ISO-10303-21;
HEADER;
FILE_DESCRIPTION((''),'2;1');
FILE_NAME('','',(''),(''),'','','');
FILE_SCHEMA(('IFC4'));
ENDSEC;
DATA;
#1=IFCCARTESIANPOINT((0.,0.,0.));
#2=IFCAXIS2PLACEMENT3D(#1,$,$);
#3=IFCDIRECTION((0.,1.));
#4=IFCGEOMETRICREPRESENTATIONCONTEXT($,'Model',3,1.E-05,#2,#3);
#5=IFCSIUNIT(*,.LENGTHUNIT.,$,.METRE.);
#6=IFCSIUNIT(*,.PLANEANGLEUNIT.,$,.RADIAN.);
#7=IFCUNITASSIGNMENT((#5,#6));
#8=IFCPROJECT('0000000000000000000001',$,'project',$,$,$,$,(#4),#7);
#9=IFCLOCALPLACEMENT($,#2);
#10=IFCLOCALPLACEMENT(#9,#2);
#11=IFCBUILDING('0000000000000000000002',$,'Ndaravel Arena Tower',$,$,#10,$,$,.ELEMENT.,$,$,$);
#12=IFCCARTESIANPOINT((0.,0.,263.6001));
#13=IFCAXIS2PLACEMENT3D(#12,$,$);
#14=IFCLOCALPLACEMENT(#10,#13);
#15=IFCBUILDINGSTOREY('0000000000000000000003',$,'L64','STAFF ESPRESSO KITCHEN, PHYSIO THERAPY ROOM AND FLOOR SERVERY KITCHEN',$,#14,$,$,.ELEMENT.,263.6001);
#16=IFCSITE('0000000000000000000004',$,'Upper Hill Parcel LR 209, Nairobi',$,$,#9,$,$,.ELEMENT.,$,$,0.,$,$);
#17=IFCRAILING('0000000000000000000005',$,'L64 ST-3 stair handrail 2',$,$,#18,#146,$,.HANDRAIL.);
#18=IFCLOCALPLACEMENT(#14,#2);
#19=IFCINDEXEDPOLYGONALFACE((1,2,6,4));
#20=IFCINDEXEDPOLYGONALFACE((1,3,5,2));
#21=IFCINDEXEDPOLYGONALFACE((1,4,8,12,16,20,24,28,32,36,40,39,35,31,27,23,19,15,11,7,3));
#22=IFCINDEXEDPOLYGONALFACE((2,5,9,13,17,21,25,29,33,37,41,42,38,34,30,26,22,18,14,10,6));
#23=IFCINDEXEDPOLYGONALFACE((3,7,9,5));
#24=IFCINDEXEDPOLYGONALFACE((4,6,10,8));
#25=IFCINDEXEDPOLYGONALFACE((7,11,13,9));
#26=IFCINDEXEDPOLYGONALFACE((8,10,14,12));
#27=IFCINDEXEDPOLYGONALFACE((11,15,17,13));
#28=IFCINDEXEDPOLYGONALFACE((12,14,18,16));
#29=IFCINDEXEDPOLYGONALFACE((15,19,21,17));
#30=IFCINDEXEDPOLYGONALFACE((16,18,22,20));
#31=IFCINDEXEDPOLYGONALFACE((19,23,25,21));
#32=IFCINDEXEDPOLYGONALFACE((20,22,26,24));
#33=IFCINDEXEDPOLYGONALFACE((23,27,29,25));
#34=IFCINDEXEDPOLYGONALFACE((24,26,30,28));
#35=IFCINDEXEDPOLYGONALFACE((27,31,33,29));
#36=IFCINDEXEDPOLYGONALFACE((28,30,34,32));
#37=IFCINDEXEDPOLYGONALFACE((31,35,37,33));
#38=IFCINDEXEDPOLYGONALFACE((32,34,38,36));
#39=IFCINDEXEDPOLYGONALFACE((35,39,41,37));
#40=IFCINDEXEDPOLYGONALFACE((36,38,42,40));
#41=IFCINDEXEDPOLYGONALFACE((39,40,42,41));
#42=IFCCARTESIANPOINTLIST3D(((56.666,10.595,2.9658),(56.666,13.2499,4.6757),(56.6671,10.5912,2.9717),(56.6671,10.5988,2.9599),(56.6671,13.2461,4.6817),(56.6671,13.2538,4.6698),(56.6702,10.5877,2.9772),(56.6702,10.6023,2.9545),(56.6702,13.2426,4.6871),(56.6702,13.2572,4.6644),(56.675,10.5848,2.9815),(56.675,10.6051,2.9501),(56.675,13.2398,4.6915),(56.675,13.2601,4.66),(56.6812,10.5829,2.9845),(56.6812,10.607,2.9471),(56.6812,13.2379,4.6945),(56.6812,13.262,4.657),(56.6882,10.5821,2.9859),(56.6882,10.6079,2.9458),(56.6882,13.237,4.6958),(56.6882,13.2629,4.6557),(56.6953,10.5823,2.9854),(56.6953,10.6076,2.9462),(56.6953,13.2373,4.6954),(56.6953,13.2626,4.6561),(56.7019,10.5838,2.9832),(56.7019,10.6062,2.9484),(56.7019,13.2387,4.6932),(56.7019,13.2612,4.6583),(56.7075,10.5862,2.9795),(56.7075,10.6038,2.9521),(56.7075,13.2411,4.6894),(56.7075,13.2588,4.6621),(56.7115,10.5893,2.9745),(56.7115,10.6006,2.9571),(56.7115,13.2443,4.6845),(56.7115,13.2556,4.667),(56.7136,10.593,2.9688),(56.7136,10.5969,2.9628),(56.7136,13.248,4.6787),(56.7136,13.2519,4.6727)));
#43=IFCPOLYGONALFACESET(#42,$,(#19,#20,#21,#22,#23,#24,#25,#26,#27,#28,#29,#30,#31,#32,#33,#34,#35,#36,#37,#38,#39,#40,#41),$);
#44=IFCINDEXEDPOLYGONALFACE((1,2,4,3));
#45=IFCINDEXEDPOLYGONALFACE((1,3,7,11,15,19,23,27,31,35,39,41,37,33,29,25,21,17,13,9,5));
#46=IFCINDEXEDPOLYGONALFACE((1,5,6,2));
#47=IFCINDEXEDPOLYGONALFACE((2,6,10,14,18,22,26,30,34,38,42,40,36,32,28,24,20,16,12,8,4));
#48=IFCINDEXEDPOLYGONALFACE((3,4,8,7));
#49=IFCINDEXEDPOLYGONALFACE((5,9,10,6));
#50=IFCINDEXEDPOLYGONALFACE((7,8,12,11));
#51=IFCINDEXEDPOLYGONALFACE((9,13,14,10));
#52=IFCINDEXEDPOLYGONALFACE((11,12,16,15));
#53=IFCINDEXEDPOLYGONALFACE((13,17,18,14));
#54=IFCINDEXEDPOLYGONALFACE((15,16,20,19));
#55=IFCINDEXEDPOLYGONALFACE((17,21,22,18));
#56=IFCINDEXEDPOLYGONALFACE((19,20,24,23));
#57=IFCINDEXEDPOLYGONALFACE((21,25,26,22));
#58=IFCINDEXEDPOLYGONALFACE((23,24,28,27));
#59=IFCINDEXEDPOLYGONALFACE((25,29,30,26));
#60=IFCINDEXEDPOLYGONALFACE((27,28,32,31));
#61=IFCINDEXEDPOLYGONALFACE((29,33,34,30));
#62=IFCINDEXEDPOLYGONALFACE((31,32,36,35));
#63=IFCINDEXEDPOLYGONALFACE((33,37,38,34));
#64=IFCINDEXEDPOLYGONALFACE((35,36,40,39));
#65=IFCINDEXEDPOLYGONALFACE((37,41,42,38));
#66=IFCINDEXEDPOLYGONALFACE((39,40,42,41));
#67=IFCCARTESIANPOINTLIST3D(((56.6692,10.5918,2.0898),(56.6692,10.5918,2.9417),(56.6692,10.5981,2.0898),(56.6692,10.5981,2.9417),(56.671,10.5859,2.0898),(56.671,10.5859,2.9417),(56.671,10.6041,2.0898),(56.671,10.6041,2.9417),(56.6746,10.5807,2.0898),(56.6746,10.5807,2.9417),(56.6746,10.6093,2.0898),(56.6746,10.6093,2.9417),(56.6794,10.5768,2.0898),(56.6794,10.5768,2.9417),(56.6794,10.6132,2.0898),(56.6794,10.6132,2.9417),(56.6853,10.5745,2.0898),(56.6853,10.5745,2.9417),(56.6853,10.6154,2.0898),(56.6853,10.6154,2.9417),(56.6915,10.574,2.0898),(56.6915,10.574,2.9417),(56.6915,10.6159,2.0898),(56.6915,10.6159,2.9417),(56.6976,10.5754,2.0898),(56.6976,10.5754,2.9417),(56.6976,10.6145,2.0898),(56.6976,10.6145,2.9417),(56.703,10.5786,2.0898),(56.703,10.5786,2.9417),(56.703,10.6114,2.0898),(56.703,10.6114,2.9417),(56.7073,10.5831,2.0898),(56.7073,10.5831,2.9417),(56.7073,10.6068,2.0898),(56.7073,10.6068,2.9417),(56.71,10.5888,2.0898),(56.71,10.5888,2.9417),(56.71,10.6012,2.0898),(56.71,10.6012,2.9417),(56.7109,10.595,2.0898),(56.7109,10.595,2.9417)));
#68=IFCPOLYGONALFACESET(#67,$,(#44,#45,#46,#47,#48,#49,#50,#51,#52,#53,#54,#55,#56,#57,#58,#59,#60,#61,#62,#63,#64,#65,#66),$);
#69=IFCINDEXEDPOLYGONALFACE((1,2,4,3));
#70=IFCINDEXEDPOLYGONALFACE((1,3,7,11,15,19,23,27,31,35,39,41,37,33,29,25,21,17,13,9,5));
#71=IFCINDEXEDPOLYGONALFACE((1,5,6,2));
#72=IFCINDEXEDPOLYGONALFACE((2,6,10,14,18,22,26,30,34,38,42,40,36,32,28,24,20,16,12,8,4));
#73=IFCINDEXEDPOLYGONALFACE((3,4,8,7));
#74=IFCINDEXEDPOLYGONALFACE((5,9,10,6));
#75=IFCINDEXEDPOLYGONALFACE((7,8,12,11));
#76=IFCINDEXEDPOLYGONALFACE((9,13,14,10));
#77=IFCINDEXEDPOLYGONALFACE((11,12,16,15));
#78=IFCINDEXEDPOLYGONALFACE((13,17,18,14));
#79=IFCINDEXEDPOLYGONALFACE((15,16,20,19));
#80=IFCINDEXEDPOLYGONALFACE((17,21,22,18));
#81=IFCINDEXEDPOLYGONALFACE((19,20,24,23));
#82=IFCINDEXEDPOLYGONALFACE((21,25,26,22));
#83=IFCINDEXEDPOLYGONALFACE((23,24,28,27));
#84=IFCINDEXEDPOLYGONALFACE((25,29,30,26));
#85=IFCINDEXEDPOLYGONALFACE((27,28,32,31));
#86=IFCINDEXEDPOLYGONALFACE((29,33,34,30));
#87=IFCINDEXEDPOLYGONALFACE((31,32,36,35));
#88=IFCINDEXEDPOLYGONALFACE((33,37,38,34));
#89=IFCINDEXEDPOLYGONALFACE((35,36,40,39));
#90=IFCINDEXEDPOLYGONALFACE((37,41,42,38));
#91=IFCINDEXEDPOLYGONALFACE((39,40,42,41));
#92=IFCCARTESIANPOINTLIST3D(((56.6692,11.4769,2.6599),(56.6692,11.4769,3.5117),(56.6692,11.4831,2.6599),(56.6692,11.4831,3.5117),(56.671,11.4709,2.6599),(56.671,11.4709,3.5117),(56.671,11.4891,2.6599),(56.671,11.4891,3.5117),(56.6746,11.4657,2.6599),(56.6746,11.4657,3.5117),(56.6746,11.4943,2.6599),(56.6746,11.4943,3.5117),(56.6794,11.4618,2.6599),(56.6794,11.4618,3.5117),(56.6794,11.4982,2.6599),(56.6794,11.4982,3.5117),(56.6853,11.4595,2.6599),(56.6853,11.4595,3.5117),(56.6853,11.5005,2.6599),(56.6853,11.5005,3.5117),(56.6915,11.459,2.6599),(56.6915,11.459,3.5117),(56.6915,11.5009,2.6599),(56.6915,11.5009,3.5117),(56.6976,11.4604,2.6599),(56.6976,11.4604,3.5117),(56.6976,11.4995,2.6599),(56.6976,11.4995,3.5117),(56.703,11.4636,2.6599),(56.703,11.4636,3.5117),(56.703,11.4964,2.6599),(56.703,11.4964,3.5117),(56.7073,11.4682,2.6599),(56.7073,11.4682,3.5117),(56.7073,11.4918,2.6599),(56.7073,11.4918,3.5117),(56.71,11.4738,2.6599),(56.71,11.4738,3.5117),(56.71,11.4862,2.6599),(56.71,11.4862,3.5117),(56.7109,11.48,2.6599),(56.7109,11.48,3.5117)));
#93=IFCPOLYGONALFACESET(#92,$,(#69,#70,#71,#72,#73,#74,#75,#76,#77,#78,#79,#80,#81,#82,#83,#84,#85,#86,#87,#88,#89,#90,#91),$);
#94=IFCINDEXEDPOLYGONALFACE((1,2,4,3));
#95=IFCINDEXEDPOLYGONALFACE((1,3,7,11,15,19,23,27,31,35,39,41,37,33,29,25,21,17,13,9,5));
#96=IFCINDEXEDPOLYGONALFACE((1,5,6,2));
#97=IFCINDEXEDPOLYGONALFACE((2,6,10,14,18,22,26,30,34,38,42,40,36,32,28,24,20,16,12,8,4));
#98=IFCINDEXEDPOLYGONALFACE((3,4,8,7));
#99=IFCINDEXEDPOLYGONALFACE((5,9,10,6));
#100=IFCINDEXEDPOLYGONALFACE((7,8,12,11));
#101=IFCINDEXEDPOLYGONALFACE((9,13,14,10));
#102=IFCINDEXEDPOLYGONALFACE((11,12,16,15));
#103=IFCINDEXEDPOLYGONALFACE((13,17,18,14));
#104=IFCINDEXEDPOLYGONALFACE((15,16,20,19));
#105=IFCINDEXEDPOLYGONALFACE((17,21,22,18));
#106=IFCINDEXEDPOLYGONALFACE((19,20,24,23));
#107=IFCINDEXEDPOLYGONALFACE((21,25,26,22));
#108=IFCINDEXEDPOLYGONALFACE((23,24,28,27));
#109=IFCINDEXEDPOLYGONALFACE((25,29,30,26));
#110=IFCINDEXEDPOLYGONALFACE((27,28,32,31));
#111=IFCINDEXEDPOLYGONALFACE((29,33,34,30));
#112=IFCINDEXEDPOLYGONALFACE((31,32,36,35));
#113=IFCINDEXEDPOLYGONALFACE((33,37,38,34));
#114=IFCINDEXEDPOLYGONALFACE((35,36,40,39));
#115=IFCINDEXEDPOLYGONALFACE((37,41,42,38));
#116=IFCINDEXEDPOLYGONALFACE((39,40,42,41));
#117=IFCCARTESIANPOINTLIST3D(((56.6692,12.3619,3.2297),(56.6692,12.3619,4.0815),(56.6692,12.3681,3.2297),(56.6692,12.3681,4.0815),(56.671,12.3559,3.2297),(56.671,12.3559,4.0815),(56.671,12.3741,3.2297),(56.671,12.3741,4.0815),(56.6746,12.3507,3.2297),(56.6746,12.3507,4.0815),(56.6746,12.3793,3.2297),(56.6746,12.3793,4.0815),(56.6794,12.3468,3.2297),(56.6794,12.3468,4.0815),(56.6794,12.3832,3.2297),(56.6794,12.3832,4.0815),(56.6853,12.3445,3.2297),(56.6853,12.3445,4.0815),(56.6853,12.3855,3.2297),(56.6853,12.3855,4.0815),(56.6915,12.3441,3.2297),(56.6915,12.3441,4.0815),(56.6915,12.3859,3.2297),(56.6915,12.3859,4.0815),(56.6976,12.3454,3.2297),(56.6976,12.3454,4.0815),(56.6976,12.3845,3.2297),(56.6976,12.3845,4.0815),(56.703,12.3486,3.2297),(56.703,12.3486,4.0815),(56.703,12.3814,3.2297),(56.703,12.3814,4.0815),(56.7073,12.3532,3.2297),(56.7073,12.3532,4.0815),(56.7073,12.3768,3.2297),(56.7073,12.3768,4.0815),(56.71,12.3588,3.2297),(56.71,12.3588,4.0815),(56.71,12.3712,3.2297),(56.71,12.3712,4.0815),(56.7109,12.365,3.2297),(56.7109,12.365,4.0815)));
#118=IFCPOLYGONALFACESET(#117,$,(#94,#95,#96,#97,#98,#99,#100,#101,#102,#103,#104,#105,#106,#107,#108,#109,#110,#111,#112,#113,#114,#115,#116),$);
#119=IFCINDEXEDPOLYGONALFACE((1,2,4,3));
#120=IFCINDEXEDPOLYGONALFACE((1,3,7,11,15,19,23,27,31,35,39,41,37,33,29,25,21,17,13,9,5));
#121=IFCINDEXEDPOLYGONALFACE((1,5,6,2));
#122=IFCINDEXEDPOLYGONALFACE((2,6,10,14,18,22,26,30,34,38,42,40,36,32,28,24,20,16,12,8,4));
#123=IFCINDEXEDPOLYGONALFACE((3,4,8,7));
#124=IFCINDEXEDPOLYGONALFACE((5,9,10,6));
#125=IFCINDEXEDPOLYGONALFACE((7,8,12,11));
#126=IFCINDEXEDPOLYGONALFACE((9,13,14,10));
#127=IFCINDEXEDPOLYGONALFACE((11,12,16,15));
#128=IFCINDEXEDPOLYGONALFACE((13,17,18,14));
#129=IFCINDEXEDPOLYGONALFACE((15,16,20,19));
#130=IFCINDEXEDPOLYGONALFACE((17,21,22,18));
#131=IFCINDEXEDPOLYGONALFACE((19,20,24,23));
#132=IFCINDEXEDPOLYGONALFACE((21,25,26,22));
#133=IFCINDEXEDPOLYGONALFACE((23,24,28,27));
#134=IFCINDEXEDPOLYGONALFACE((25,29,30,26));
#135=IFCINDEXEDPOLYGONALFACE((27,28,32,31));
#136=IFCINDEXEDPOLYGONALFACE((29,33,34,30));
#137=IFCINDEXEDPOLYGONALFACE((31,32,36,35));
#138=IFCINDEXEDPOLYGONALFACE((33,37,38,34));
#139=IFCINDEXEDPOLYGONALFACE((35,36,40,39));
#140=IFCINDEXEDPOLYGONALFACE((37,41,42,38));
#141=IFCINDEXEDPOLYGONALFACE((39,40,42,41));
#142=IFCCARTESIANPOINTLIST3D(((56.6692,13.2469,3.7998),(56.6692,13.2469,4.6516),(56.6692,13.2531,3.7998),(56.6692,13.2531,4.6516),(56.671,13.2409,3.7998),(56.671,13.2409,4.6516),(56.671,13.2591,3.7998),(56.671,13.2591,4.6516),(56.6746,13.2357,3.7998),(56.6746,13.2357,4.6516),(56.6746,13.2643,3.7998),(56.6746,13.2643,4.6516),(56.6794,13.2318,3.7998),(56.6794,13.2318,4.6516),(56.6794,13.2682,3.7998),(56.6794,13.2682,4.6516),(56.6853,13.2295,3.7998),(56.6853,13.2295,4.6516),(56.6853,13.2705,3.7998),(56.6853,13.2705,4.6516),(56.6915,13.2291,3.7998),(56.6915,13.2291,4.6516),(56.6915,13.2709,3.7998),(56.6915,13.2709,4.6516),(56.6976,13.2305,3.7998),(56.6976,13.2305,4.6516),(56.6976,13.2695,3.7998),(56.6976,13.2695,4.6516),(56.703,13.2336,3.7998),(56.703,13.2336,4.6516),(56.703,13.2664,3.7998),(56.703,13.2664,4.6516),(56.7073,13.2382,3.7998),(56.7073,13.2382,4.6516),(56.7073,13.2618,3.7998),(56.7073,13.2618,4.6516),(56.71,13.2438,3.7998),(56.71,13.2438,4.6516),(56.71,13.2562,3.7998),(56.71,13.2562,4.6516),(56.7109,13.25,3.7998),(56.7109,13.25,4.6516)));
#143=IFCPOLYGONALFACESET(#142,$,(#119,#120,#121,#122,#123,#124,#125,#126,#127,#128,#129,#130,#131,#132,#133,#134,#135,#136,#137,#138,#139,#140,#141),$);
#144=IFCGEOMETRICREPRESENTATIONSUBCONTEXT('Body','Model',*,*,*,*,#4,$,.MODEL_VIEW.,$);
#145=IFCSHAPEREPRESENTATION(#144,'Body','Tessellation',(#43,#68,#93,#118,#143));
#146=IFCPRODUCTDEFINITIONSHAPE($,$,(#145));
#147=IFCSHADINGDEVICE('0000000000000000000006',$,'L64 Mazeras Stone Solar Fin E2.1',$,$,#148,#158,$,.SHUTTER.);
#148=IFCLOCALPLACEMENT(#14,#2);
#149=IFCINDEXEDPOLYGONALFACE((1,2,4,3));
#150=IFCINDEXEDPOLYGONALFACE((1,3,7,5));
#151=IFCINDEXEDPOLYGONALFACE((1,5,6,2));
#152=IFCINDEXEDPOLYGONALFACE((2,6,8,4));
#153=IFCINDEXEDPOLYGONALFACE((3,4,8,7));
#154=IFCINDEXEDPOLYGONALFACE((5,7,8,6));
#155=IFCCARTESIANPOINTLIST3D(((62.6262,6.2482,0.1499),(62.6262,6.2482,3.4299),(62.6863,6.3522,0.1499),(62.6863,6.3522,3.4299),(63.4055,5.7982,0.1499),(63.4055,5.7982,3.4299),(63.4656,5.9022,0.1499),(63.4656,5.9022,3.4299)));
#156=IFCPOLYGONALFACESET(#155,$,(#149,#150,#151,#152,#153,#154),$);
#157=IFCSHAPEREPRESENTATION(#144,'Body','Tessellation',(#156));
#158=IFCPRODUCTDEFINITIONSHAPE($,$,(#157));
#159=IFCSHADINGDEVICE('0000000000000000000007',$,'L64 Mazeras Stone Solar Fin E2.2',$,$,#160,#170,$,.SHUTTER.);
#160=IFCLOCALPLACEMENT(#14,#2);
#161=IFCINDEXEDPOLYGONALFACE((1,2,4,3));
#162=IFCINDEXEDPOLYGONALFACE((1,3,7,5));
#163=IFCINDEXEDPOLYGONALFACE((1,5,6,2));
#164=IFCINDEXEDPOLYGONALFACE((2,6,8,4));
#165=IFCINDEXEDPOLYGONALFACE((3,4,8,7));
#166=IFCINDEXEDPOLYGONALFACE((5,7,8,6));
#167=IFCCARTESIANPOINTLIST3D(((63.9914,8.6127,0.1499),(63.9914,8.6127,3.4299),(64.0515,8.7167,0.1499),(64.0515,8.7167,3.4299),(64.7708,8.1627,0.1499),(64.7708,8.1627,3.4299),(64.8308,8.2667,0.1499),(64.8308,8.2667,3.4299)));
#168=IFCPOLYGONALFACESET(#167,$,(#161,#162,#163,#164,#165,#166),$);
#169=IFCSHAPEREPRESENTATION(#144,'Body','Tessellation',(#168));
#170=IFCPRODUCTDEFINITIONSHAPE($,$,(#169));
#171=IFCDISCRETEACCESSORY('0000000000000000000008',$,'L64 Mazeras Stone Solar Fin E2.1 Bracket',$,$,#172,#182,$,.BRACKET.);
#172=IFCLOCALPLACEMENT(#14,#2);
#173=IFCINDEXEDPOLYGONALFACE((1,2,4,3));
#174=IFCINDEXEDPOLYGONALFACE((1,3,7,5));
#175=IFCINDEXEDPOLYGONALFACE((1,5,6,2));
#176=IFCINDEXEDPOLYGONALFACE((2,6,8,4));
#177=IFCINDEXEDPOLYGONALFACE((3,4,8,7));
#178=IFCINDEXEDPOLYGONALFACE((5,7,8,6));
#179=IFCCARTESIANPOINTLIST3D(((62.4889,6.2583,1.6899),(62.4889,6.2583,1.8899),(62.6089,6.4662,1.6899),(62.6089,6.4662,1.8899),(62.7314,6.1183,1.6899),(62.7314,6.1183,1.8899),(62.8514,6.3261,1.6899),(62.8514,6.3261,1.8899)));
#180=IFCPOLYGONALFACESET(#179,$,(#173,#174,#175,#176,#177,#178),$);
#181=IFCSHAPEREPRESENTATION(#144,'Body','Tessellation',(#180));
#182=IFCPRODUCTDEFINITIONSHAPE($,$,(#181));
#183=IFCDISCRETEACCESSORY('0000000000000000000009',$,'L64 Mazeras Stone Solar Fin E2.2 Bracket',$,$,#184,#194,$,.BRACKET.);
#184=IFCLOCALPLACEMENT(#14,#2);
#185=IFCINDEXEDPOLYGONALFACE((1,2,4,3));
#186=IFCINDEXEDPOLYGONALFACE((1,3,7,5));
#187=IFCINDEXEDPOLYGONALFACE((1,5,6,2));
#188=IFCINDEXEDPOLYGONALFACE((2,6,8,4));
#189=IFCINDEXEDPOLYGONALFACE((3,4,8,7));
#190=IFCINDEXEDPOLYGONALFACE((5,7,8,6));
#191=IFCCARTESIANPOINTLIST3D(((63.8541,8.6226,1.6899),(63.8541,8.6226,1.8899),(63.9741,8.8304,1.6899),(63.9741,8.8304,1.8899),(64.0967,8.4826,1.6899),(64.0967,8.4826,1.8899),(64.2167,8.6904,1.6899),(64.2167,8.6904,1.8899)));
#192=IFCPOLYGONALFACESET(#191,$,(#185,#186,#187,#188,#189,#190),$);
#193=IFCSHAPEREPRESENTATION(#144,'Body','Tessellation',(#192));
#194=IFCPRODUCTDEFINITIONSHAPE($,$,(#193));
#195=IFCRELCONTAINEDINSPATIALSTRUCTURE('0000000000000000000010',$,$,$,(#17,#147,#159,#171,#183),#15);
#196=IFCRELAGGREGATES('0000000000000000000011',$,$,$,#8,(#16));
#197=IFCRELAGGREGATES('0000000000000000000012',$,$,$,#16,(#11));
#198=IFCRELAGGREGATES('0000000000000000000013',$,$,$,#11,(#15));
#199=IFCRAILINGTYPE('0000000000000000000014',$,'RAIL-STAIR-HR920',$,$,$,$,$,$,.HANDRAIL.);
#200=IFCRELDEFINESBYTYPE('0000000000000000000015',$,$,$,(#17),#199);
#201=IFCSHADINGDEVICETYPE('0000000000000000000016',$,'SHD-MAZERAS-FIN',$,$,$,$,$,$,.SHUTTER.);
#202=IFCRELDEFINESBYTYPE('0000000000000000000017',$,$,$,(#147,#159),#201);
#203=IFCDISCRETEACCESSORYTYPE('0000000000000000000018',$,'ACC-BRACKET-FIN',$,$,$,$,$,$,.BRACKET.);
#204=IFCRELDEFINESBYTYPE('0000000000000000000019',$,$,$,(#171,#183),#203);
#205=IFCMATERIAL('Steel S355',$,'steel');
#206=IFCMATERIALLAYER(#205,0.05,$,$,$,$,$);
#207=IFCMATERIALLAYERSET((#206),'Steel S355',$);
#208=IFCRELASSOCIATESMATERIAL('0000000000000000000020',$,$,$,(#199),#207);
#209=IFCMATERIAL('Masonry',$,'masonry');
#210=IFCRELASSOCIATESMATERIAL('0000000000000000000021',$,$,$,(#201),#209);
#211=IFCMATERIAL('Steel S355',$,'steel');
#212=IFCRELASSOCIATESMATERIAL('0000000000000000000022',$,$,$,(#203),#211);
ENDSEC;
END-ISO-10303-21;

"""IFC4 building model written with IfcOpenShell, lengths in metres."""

from ifc_helpers import new_model, si_unit, direction, frame, origin, origin_2d, place, context, subcontext, project, spatial, rectangle, circle, extrude, material, layer, layer_set, type_object, element, save


model = new_model("IFC4")

# Units and contexts
model_context = context("Model", 3, precision=1e-05, world=origin(), true_north=direction((0.0, 1.0)))
body_context = subcontext(model_context, "Body", "Model", "MODEL_VIEW")
ifc_project = project(units=[si_unit("LENGTHUNIT", "METRE"), si_unit("PLANEANGLEUNIT", "RADIAN")], contexts=[model_context])

# Site, building, storey
site_placement = place(None, origin())
site = spatial("IfcSite", under=ifc_project, at=site_placement, Name="Upper Hill Parcel LR 209, Nairobi", CompositionType="ELEMENT", RefElevation=0.0)
building_placement = place(site_placement, origin())
building = spatial("IfcBuilding", under=site, at=building_placement, Name="Ndaravel Arena Tower", CompositionType="ELEMENT")
storey_placement = place(building_placement, frame((0.0, 0.0, 263.6001)))
storey = spatial("IfcBuildingStorey", under=building, at=storey_placement, Name="L64", Description="STAFF ESPRESSO KITCHEN, PHYSIO THERAPY ROOM AND FLOOR SERVERY KITCHEN", CompositionType="ELEMENT", Elevation=263.6001)

# Railing
ifc_material_1 = material(Name="Steel S355", Category="steel")
ifc_layer_1 = layer(ifc_material_1, 0.05)
ifc_layer_set_1 = layer_set([ifc_layer_1], Name="Steel S355")
railing_type_1 = type_object("IfcRailingType", Name="RAIL-STAIR-HR920", PredefinedType="HANDRAIL", material=ifc_layer_set_1)
railing_1_placement = place(storey_placement, frame((56.6899, 10.595, 2.0898)))
element("IfcRailing", 1, at=railing_1_placement, inside=storey, type_object=railing_type_1, Name="L64 ST-3 stair handrail 2", PredefinedType="HANDRAIL", context=body_context, shape_type="SweptSolid", body=[
    extrude(circle(Radius=0.0239, at=origin_2d()), frame((0.0, 0.0, 0.876), z_axis=(0.0, 0.840724, 0.541465), x_axis=(-1.0, 0.0, 0.0)), (0.0, 0.0, 1.0), 3.158),
    extrude(circle(Radius=0.021, at=origin_2d()), origin(), (0.0, 0.0, 1.0), 0.8518),
    extrude(circle(Radius=0.021, at=origin_2d()), frame((0.0, 0.885, 0.5701)), (0.0, 0.0, 1.0), 0.8518),
    extrude(circle(Radius=0.021, at=origin_2d()), frame((0.0, 1.77, 1.1399)), (0.0, 0.0, 1.0), 0.8518),
    extrude(circle(Radius=0.021, at=origin_2d()), frame((0.0, 2.655, 1.71)), (0.0, 0.0, 1.0), 0.8518),
])

# Shading devices
ifc_material_2 = material(Name="Masonry", Category="masonry")
shading_device_type = type_object("IfcShadingDeviceType", Name="SHD-MAZERAS-FIN", PredefinedType="SHUTTER", material=ifc_material_2)
for number, where, z_axis, x_axis, name in (
    (2, (63.0459, 6.0752, 0.1499), (0.0, 0.0, 1.0), (0.866025, -0.5, 0.0), "L64 Mazeras Stone Solar Fin E2.1"),
    (3, (64.4111, 8.4397, 0.1499), (0.0, 0.0, 1.0), (0.866025, -0.5, 0.0), "L64 Mazeras Stone Solar Fin E2.2"),
):
    element("IfcShadingDevice", number, at=place(storey_placement, frame(where, z_axis=z_axis, x_axis=x_axis)), inside=storey, type_object=shading_device_type, Name=name, PredefinedType="SHUTTER", context=body_context, shape_type="SweptSolid", body=[
        extrude(rectangle(XDim=0.8999, YDim=0.1201, at=origin_2d()), origin(), (0.0, 0.0, 1.0), 3.28),
    ])

# Discrete accessories
ifc_material_3 = material(Name="Steel S355", Category="steel")
discrete_accessory_type = type_object("IfcDiscreteAccessoryType", Name="ACC-BRACKET-FIN", PredefinedType="BRACKET", material=ifc_material_3)
for number, where, z_axis, x_axis, name in (
    (4, (62.6702, 6.2922, 1.6899), (0.0, 0.0, 1.0), (0.866025, -0.5, 0.0), "L64 Mazeras Stone Solar Fin E2.1 Bracket"),
    (5, (64.0354, 8.6565, 1.6899), (0.0, 0.0, 1.0), (0.866025, -0.5, 0.0), "L64 Mazeras Stone Solar Fin E2.2 Bracket"),
):
    element("IfcDiscreteAccessory", number, at=place(storey_placement, frame(where, z_axis=z_axis, x_axis=x_axis)), inside=storey, type_object=discrete_accessory_type, Name=name, PredefinedType="BRACKET", context=body_context, shape_type="SweptSolid", body=[
        extrude(rectangle(XDim=0.28, YDim=0.24, at=origin_2d()), origin(), (0.0, 0.0, 1.0), 0.2),
    ])

save(model, "model.ifc")
